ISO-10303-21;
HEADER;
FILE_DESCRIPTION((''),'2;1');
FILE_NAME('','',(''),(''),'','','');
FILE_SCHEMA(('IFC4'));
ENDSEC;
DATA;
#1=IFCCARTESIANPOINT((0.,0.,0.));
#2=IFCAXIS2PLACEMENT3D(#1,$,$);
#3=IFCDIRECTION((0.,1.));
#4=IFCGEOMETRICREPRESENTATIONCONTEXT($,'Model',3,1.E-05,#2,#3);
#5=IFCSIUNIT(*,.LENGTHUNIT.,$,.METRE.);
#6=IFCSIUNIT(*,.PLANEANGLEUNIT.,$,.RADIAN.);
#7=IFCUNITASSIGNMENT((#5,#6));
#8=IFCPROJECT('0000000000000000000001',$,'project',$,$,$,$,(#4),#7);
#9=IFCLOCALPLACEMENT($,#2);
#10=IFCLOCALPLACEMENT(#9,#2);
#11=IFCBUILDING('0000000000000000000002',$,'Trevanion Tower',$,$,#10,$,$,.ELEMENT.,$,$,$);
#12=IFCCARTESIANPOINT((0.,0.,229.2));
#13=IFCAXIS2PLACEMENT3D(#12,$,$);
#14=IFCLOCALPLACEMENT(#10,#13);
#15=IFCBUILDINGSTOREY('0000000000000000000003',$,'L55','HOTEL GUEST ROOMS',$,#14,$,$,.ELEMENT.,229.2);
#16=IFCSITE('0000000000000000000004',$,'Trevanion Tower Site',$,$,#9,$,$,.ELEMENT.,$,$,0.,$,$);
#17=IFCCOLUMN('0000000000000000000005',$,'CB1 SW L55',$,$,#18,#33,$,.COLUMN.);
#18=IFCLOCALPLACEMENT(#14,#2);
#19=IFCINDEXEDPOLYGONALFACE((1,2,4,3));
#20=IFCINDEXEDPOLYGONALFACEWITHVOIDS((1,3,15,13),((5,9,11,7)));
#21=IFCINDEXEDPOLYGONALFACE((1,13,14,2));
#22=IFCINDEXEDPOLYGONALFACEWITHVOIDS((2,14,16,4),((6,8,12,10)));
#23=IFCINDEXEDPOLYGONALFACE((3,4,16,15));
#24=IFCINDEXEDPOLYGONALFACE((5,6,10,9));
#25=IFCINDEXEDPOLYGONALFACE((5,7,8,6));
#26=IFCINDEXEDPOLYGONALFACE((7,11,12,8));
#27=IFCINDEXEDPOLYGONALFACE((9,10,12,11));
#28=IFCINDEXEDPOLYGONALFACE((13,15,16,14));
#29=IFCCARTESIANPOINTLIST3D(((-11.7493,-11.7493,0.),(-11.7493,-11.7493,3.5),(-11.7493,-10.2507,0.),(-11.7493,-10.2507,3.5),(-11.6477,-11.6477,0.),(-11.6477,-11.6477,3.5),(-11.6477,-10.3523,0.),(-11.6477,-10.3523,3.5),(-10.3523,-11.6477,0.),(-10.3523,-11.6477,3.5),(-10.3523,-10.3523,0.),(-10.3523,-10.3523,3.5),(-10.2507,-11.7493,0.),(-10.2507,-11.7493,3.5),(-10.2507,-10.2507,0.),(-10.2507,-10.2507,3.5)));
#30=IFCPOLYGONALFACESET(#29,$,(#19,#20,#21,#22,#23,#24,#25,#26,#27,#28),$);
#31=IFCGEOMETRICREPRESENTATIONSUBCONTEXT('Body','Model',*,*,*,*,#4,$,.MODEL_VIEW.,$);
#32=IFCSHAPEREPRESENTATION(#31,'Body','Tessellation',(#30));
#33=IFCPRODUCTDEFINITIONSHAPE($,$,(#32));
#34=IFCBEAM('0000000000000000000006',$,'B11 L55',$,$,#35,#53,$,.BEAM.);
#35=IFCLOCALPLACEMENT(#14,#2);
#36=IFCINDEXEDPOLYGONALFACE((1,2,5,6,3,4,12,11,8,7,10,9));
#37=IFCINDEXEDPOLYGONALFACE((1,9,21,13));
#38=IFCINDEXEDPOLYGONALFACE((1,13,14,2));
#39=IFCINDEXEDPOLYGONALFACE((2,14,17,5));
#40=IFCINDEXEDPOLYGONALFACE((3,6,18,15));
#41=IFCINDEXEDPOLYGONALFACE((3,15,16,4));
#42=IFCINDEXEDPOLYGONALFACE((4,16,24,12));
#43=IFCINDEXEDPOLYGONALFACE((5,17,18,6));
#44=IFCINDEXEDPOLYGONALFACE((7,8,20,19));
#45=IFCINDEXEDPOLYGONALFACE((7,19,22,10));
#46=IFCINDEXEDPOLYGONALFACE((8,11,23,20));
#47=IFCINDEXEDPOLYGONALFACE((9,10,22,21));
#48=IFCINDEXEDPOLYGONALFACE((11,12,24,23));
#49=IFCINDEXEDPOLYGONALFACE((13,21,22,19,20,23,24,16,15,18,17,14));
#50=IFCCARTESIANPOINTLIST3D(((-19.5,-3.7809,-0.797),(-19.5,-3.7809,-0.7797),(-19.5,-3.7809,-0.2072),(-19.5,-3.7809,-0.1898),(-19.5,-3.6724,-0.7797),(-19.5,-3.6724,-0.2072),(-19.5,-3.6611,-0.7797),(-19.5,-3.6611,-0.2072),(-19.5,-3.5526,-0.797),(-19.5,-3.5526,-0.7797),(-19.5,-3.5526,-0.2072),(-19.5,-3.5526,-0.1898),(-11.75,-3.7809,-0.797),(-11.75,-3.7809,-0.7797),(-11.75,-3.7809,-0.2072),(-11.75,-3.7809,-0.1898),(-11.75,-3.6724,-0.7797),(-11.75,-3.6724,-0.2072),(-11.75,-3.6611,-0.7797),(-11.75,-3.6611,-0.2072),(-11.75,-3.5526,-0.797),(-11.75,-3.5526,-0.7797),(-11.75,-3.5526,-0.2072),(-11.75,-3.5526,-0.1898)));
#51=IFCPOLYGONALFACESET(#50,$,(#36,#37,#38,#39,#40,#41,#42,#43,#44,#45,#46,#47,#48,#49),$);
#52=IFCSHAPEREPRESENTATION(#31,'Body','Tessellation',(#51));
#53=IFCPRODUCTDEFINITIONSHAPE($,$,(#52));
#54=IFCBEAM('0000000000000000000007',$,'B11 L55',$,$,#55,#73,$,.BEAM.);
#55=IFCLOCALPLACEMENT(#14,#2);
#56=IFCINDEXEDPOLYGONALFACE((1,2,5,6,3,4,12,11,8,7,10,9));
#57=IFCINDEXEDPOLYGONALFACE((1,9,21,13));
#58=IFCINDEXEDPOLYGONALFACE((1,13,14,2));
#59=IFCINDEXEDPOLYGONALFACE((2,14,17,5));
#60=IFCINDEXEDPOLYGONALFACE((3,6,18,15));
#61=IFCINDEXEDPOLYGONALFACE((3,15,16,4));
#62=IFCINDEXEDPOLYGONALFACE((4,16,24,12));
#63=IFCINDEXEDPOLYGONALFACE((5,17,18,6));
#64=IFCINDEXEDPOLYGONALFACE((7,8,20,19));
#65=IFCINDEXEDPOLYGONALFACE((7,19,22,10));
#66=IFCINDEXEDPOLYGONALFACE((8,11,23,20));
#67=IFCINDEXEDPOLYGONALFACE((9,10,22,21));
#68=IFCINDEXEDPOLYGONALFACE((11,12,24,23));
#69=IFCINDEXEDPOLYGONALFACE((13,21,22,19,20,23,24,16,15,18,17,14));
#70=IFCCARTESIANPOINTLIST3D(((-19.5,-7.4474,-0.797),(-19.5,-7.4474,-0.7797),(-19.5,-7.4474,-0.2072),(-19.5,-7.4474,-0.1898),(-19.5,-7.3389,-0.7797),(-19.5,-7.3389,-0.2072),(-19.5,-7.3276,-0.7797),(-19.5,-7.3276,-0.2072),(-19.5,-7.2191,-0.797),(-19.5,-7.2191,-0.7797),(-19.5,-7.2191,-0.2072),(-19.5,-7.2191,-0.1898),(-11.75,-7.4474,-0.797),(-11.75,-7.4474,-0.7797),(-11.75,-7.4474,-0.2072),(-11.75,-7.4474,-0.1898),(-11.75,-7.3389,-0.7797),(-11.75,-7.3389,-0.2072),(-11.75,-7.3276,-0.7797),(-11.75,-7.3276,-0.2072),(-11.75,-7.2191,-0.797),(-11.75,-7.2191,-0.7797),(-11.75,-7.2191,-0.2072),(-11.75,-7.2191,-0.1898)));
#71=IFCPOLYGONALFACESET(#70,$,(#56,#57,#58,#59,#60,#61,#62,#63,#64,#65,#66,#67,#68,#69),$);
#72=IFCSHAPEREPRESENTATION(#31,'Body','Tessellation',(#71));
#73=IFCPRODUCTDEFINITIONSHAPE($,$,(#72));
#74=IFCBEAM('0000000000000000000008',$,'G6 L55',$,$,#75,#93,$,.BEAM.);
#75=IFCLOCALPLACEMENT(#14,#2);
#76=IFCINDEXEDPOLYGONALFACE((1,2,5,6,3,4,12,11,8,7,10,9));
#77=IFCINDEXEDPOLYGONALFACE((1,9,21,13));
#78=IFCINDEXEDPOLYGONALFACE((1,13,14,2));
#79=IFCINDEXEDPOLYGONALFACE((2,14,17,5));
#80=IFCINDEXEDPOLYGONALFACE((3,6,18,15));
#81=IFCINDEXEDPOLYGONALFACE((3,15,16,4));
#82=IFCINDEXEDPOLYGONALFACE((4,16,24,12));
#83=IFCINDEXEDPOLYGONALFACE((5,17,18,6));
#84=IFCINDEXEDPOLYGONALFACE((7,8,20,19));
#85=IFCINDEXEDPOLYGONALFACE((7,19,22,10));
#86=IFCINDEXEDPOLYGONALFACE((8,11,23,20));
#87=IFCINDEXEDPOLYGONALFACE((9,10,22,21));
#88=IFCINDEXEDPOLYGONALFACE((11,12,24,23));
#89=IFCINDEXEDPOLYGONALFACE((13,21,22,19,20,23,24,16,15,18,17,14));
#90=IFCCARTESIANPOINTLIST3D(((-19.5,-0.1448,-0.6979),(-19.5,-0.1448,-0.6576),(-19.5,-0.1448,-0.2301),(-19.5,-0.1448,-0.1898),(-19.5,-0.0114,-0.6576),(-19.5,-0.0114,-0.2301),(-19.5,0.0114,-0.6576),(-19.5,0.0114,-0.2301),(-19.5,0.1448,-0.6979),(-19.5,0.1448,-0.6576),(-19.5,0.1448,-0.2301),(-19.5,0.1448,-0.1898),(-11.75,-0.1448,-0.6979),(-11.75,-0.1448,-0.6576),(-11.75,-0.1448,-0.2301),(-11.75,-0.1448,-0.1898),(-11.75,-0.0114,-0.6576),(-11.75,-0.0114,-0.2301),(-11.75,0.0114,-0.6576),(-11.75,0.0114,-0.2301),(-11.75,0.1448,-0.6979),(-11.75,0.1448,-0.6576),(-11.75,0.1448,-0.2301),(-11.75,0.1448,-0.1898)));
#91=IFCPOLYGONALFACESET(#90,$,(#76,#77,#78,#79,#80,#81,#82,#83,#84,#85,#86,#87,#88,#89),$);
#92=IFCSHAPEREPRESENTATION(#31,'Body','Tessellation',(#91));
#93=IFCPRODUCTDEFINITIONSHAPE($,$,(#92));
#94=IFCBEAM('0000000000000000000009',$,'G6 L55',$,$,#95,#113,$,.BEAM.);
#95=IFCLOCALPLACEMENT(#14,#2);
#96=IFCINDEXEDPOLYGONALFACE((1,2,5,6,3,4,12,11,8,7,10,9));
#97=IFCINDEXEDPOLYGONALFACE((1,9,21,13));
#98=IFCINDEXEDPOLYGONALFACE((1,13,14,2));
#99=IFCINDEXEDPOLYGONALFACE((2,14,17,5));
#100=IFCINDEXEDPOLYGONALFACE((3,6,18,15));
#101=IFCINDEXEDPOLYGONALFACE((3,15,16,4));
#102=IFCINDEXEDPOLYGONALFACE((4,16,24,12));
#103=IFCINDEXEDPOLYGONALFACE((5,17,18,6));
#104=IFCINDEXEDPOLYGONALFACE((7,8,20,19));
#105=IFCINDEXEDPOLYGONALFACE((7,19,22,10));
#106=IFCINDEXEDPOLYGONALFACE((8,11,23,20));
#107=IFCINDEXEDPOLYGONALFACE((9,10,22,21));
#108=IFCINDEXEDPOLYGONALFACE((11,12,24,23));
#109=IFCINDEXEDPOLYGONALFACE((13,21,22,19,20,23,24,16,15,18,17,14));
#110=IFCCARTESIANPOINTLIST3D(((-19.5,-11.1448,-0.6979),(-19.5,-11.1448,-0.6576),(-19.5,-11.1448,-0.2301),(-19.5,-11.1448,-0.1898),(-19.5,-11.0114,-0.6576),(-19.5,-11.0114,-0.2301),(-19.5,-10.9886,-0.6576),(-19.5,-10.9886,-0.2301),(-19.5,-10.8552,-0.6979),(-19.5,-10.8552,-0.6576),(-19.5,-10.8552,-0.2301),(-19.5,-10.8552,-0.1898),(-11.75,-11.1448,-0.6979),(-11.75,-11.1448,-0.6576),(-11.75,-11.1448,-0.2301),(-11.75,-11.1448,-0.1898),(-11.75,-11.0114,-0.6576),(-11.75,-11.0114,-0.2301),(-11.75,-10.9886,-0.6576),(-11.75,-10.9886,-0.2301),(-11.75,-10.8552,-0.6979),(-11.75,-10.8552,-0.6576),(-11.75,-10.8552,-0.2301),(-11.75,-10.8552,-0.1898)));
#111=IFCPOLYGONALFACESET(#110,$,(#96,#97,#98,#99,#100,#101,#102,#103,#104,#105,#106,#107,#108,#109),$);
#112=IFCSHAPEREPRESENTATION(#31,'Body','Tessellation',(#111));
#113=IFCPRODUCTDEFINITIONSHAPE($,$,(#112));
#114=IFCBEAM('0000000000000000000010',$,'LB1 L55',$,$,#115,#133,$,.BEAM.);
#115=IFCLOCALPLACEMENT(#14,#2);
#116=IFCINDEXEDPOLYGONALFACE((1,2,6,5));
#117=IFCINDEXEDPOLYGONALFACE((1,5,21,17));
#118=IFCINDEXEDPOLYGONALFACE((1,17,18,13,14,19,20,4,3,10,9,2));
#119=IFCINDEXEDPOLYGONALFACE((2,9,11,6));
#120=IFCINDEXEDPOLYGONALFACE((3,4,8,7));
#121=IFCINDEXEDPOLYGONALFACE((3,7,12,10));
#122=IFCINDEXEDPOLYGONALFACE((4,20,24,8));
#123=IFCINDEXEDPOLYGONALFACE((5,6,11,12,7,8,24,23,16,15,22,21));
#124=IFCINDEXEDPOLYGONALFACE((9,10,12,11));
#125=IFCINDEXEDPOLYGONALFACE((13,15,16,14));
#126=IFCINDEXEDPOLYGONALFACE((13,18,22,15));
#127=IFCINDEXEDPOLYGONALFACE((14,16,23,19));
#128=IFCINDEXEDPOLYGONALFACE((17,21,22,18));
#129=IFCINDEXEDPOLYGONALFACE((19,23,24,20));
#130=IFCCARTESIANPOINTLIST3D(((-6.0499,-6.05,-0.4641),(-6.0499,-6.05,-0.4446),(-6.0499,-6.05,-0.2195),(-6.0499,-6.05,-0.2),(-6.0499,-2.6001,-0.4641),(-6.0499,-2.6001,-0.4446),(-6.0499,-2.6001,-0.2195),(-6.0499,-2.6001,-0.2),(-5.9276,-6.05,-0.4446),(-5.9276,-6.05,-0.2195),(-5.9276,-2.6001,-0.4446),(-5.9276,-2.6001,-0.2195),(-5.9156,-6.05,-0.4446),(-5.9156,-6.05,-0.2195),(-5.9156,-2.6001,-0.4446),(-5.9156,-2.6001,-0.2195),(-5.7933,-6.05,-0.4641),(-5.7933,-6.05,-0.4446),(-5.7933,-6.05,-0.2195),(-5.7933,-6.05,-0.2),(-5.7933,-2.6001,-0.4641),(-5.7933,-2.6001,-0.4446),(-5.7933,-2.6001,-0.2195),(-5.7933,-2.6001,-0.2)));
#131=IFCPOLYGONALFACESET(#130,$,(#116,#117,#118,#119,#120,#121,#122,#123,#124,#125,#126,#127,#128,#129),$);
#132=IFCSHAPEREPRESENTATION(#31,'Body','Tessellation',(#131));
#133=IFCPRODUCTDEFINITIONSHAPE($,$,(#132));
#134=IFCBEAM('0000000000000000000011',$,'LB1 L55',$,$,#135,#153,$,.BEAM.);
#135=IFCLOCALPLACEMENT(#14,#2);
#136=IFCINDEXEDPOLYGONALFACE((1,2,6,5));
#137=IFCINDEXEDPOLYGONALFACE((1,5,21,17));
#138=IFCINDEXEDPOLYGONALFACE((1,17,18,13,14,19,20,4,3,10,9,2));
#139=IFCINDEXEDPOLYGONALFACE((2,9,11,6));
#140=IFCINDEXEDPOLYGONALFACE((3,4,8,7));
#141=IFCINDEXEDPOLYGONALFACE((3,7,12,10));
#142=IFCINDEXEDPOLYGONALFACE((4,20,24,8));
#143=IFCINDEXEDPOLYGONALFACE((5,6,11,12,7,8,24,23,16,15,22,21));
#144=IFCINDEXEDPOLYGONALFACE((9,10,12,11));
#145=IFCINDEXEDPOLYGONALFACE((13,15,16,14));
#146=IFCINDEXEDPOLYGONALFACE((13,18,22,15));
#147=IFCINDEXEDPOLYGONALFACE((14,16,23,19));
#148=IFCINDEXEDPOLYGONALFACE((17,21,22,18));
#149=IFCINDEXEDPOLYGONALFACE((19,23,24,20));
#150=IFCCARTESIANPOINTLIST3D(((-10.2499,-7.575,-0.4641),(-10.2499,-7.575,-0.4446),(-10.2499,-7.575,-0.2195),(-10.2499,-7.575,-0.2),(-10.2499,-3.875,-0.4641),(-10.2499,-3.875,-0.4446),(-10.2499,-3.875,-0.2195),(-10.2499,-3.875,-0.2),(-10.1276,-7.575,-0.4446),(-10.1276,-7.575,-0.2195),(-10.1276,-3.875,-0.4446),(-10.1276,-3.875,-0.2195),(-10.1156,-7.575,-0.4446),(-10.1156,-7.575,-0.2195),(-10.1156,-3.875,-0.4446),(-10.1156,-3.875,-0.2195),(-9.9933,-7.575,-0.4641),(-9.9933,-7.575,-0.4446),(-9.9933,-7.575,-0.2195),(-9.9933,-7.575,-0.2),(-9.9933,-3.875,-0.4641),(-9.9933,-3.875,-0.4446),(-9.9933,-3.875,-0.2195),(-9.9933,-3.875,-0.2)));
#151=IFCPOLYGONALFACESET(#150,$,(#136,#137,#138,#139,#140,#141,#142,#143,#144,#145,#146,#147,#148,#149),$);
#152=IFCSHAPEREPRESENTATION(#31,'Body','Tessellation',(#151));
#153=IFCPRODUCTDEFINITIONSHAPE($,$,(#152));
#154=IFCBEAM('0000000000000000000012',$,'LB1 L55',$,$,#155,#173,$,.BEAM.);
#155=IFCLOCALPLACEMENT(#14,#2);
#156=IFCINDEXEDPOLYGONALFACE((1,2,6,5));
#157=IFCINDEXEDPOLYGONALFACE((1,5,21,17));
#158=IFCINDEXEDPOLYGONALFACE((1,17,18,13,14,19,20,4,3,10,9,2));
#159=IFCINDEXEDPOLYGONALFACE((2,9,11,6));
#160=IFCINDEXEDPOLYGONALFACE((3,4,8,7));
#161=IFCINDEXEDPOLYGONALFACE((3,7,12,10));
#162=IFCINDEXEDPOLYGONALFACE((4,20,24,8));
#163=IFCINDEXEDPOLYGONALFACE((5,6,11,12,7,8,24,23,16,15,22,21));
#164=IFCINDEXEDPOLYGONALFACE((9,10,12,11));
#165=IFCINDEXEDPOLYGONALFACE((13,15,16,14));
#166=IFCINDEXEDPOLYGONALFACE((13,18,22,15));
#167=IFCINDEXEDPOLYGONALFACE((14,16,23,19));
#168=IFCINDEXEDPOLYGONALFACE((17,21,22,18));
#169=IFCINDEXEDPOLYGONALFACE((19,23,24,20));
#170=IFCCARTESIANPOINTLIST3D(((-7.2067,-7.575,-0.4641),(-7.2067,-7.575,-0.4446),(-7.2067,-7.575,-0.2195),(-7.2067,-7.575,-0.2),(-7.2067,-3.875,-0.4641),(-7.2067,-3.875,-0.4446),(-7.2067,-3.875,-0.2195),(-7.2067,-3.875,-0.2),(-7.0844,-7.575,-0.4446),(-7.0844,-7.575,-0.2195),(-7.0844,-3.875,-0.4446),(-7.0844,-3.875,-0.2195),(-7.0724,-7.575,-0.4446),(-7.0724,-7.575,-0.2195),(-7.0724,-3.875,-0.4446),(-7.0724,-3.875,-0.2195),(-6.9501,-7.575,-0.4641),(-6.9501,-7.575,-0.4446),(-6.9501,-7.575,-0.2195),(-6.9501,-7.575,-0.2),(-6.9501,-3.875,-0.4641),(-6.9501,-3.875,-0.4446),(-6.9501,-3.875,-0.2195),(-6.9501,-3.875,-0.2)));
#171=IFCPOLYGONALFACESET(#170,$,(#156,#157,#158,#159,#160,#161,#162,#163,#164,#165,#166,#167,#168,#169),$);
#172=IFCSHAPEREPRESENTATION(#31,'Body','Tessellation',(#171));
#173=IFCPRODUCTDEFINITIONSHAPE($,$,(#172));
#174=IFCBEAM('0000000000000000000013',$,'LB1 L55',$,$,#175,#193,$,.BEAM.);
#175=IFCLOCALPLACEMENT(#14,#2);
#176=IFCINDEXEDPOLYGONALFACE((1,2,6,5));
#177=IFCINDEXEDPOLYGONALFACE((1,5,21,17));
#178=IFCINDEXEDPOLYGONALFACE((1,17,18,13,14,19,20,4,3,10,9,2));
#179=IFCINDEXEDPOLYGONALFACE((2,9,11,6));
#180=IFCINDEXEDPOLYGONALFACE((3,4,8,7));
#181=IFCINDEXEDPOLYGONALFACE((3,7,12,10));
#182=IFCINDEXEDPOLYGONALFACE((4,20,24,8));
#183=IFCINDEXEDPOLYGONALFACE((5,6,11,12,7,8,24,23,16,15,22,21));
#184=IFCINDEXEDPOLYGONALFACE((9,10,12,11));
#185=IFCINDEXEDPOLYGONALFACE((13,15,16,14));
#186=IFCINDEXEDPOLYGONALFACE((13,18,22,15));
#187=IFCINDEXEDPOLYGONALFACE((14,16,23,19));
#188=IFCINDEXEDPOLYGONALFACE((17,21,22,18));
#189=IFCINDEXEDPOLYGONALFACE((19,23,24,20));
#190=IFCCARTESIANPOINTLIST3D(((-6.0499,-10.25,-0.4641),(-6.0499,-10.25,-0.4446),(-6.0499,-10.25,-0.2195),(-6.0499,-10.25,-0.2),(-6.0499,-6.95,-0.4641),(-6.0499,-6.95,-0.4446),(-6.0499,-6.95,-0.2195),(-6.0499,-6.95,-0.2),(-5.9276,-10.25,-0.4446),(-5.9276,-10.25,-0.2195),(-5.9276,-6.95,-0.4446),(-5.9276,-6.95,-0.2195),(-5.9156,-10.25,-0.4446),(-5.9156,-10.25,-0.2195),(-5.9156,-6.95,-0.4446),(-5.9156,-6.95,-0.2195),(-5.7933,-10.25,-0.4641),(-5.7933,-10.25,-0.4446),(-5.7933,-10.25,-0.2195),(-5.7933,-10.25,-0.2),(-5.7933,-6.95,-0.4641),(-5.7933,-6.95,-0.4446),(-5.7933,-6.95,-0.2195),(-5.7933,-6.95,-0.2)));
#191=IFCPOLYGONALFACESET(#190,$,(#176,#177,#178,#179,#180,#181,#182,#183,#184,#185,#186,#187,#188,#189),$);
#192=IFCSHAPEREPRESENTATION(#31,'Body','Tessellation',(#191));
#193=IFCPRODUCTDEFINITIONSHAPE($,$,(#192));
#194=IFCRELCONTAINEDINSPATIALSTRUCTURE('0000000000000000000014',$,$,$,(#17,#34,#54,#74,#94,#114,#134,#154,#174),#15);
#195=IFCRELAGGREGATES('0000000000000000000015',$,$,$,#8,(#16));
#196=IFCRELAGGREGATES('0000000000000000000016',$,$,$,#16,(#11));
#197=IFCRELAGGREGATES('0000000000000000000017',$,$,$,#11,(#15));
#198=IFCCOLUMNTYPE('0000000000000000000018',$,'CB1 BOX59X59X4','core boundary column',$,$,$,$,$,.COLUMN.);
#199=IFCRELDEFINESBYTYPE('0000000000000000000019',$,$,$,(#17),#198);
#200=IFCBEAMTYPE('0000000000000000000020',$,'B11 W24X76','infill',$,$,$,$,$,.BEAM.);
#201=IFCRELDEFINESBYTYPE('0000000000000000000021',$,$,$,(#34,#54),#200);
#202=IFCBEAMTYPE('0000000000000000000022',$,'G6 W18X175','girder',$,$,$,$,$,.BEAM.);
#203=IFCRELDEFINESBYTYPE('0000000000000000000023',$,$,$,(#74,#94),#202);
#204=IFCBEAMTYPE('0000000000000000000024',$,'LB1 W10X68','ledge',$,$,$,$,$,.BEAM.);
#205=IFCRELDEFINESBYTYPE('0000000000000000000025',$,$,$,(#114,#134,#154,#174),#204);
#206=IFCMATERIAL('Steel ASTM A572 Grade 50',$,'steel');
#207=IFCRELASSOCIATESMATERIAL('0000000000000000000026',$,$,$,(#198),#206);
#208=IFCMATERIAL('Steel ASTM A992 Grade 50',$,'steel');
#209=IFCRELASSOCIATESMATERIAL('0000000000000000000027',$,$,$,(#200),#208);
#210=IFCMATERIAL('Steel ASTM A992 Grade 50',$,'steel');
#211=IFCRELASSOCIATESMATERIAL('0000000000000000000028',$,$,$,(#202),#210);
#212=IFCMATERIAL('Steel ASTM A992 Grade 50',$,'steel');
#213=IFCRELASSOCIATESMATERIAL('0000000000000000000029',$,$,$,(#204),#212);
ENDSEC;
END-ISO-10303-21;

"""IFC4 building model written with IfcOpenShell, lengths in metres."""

from ifc_helpers import new_model, si_unit, direction, frame, origin, origin_2d, place, context, subcontext, project, spatial, hollow_rectangle, i_section, extrude, material, material_profile, profile_set, type_object, element, save


model = new_model("IFC4")

# Units and contexts
model_context = context("Model", 3, precision=1e-05, world=origin(), true_north=direction((0.0, 1.0)))
body_context = subcontext(model_context, "Body", "Model", "MODEL_VIEW")
ifc_project = project(units=[si_unit("LENGTHUNIT", "METRE"), si_unit("PLANEANGLEUNIT", "RADIAN")], contexts=[model_context])

# Site, building, storey
site_placement = place(None, origin())
site = spatial("IfcSite", under=ifc_project, at=site_placement, Name="Trevanion Tower Site", CompositionType="ELEMENT", RefElevation=0.0)
building_placement = place(site_placement, origin())
building = spatial("IfcBuilding", under=site, at=building_placement, Name="Trevanion Tower", CompositionType="ELEMENT")
storey_placement = place(building_placement, frame((0.0, 0.0, 229.2)))
storey = spatial("IfcBuildingStorey", under=building, at=storey_placement, Name="L55", Description="HOTEL GUEST ROOMS", CompositionType="ELEMENT", Elevation=229.2)

# Column
ifc_material_1 = material(Name="Steel ASTM A572 Grade 50", Category="steel")
ifc_material_profile_1 = material_profile(ifc_material_1, hollow_rectangle(XDim=1.4985, YDim=1.4985, WallThickness=0.1016, at=origin_2d()), Name="BOX59X59X4")
ifc_profile_set_1 = profile_set([ifc_material_profile_1], Name="Steel ASTM A572 Grade 50")
column_type = type_object("IfcColumnType", Name="CB1 BOX59X59X4", Description="core boundary column", PredefinedType="COLUMN", material=ifc_profile_set_1)
column_placement = place(storey_placement, frame((-11.0, -11.0, 0.0), z_axis=(0.0, 0.0, 1.0), x_axis=(1.0, 0.0, 0.0)))
element("IfcColumn", 1, at=column_placement, inside=storey, type_object=column_type, Name="CB1 SW L55", PredefinedType="COLUMN", context=body_context, shape_type="SweptSolid", body=[
    extrude(hollow_rectangle(XDim=1.4985, YDim=1.4985, WallThickness=0.1016, at=origin_2d()), origin(), (0.0, 0.0, 1.0), 3.5),
])

# Beams
ifc_material_2 = material(Name="Steel ASTM A992 Grade 50", Category="steel")
ifc_material_profile_2 = material_profile(ifc_material_2, i_section(OverallWidth=0.2283, OverallDepth=0.6072, WebThickness=0.0112, FlangeThickness=0.0173, at=origin_2d()), Name="W24X76")
ifc_profile_set_2 = profile_set([ifc_material_profile_2], Name="Steel ASTM A992 Grade 50")
beam_type_1 = type_object("IfcBeamType", Name="B11 W24X76", Description="infill", PredefinedType="BEAM", material=ifc_profile_set_2)
for number, where, z_axis, x_axis, name in (
    (2, (-11.75, -3.6667, -0.4934), (-1.0, 0.0, 0.0), (0.0, -1.0, 0.0), "B11 L55"),
    (3, (-11.75, -7.3333, -0.4934), (-1.0, 0.0, 0.0), (0.0, -1.0, 0.0), "B11 L55"),
):
    element("IfcBeam", number, at=place(storey_placement, frame(where, z_axis=z_axis, x_axis=x_axis)), inside=storey, type_object=beam_type_1, Name=name, PredefinedType="BEAM", context=body_context, shape_type="SweptSolid", body=[
        extrude(i_section(OverallWidth=0.2283, OverallDepth=0.6072, WebThickness=0.0112, FlangeThickness=0.0173, at=origin_2d()), origin(), (0.0, 0.0, 1.0), 7.75),
    ])
ifc_material_3 = material(Name="Steel ASTM A992 Grade 50", Category="steel")
ifc_material_profile_3 = material_profile(ifc_material_3, i_section(OverallWidth=0.2896, OverallDepth=0.5081, WebThickness=0.0227, FlangeThickness=0.0403, at=origin_2d()), Name="W18X175")
ifc_profile_set_3 = profile_set([ifc_material_profile_3], Name="Steel ASTM A992 Grade 50")
beam_type_2 = type_object("IfcBeamType", Name="G6 W18X175", Description="girder", PredefinedType="BEAM", material=ifc_profile_set_3)
for number, where, z_axis, x_axis, name in (
    (4, (-11.75, 0.0, -0.4438), (-1.0, 0.0, 0.0), (0.0, -1.0, 0.0), "G6 L55"),
    (5, (-11.75, -11.0, -0.4438), (-1.0, 0.0, 0.0), (0.0, -1.0, 0.0), "G6 L55"),
):
    element("IfcBeam", number, at=place(storey_placement, frame(where, z_axis=z_axis, x_axis=x_axis)), inside=storey, type_object=beam_type_2, Name=name, PredefinedType="BEAM", context=body_context, shape_type="SweptSolid", body=[
        extrude(i_section(OverallWidth=0.2896, OverallDepth=0.5081, WebThickness=0.0227, FlangeThickness=0.0403, at=origin_2d()), origin(), (0.0, 0.0, 1.0), 7.75),
    ])
ifc_material_4 = material(Name="Steel ASTM A992 Grade 50", Category="steel")
ifc_material_profile_4 = material_profile(ifc_material_4, i_section(OverallWidth=0.2566, OverallDepth=0.2642, WebThickness=0.012, FlangeThickness=0.0195, at=origin_2d()), Name="W10X68")
ifc_profile_set_4 = profile_set([ifc_material_profile_4], Name="Steel ASTM A992 Grade 50")
beam_type_3 = type_object("IfcBeamType", Name="LB1 W10X68", Description="ledge", PredefinedType="BEAM", material=ifc_profile_set_4)
beam_1_placement = place(storey_placement, frame((-5.9216, -6.05, -0.332), z_axis=(0.0, 1.0, 0.0), x_axis=(-1.0, 0.0, 0.0)))
element("IfcBeam", 6, at=beam_1_placement, inside=storey, type_object=beam_type_3, Name="LB1 L55", PredefinedType="BEAM", context=body_context, shape_type="SweptSolid", body=[
    extrude(i_section(OverallWidth=0.2566, OverallDepth=0.2642, WebThickness=0.012, FlangeThickness=0.0195, at=origin_2d()), origin(), (0.0, 0.0, 1.0), 3.45),
])
for number, where, z_axis, x_axis, name in (
    (7, (-10.1216, -7.575, -0.332), (0.0, 1.0, 0.0), (-1.0, 0.0, 0.0), "LB1 L55"),
    (8, (-7.0784, -7.575, -0.332), (0.0, 1.0, 0.0), (-1.0, 0.0, 0.0), "LB1 L55"),
):
    element("IfcBeam", number, at=place(storey_placement, frame(where, z_axis=z_axis, x_axis=x_axis)), inside=storey, type_object=beam_type_3, Name=name, PredefinedType="BEAM", context=body_context, shape_type="SweptSolid", body=[
        extrude(i_section(OverallWidth=0.2566, OverallDepth=0.2642, WebThickness=0.012, FlangeThickness=0.0195, at=origin_2d()), origin(), (0.0, 0.0, 1.0), 3.7),
    ])
beam_2_placement = place(storey_placement, frame((-5.9216, -10.25, -0.332), z_axis=(0.0, 1.0, 0.0), x_axis=(-1.0, 0.0, 0.0)))
element("IfcBeam", 9, at=beam_2_placement, inside=storey, type_object=beam_type_3, Name="LB1 L55", PredefinedType="BEAM", context=body_context, shape_type="SweptSolid", body=[
    extrude(i_section(OverallWidth=0.2566, OverallDepth=0.2642, WebThickness=0.012, FlangeThickness=0.0195, at=origin_2d()), origin(), (0.0, 0.0, 1.0), 3.3),
])

save(model, "model.ifc")
